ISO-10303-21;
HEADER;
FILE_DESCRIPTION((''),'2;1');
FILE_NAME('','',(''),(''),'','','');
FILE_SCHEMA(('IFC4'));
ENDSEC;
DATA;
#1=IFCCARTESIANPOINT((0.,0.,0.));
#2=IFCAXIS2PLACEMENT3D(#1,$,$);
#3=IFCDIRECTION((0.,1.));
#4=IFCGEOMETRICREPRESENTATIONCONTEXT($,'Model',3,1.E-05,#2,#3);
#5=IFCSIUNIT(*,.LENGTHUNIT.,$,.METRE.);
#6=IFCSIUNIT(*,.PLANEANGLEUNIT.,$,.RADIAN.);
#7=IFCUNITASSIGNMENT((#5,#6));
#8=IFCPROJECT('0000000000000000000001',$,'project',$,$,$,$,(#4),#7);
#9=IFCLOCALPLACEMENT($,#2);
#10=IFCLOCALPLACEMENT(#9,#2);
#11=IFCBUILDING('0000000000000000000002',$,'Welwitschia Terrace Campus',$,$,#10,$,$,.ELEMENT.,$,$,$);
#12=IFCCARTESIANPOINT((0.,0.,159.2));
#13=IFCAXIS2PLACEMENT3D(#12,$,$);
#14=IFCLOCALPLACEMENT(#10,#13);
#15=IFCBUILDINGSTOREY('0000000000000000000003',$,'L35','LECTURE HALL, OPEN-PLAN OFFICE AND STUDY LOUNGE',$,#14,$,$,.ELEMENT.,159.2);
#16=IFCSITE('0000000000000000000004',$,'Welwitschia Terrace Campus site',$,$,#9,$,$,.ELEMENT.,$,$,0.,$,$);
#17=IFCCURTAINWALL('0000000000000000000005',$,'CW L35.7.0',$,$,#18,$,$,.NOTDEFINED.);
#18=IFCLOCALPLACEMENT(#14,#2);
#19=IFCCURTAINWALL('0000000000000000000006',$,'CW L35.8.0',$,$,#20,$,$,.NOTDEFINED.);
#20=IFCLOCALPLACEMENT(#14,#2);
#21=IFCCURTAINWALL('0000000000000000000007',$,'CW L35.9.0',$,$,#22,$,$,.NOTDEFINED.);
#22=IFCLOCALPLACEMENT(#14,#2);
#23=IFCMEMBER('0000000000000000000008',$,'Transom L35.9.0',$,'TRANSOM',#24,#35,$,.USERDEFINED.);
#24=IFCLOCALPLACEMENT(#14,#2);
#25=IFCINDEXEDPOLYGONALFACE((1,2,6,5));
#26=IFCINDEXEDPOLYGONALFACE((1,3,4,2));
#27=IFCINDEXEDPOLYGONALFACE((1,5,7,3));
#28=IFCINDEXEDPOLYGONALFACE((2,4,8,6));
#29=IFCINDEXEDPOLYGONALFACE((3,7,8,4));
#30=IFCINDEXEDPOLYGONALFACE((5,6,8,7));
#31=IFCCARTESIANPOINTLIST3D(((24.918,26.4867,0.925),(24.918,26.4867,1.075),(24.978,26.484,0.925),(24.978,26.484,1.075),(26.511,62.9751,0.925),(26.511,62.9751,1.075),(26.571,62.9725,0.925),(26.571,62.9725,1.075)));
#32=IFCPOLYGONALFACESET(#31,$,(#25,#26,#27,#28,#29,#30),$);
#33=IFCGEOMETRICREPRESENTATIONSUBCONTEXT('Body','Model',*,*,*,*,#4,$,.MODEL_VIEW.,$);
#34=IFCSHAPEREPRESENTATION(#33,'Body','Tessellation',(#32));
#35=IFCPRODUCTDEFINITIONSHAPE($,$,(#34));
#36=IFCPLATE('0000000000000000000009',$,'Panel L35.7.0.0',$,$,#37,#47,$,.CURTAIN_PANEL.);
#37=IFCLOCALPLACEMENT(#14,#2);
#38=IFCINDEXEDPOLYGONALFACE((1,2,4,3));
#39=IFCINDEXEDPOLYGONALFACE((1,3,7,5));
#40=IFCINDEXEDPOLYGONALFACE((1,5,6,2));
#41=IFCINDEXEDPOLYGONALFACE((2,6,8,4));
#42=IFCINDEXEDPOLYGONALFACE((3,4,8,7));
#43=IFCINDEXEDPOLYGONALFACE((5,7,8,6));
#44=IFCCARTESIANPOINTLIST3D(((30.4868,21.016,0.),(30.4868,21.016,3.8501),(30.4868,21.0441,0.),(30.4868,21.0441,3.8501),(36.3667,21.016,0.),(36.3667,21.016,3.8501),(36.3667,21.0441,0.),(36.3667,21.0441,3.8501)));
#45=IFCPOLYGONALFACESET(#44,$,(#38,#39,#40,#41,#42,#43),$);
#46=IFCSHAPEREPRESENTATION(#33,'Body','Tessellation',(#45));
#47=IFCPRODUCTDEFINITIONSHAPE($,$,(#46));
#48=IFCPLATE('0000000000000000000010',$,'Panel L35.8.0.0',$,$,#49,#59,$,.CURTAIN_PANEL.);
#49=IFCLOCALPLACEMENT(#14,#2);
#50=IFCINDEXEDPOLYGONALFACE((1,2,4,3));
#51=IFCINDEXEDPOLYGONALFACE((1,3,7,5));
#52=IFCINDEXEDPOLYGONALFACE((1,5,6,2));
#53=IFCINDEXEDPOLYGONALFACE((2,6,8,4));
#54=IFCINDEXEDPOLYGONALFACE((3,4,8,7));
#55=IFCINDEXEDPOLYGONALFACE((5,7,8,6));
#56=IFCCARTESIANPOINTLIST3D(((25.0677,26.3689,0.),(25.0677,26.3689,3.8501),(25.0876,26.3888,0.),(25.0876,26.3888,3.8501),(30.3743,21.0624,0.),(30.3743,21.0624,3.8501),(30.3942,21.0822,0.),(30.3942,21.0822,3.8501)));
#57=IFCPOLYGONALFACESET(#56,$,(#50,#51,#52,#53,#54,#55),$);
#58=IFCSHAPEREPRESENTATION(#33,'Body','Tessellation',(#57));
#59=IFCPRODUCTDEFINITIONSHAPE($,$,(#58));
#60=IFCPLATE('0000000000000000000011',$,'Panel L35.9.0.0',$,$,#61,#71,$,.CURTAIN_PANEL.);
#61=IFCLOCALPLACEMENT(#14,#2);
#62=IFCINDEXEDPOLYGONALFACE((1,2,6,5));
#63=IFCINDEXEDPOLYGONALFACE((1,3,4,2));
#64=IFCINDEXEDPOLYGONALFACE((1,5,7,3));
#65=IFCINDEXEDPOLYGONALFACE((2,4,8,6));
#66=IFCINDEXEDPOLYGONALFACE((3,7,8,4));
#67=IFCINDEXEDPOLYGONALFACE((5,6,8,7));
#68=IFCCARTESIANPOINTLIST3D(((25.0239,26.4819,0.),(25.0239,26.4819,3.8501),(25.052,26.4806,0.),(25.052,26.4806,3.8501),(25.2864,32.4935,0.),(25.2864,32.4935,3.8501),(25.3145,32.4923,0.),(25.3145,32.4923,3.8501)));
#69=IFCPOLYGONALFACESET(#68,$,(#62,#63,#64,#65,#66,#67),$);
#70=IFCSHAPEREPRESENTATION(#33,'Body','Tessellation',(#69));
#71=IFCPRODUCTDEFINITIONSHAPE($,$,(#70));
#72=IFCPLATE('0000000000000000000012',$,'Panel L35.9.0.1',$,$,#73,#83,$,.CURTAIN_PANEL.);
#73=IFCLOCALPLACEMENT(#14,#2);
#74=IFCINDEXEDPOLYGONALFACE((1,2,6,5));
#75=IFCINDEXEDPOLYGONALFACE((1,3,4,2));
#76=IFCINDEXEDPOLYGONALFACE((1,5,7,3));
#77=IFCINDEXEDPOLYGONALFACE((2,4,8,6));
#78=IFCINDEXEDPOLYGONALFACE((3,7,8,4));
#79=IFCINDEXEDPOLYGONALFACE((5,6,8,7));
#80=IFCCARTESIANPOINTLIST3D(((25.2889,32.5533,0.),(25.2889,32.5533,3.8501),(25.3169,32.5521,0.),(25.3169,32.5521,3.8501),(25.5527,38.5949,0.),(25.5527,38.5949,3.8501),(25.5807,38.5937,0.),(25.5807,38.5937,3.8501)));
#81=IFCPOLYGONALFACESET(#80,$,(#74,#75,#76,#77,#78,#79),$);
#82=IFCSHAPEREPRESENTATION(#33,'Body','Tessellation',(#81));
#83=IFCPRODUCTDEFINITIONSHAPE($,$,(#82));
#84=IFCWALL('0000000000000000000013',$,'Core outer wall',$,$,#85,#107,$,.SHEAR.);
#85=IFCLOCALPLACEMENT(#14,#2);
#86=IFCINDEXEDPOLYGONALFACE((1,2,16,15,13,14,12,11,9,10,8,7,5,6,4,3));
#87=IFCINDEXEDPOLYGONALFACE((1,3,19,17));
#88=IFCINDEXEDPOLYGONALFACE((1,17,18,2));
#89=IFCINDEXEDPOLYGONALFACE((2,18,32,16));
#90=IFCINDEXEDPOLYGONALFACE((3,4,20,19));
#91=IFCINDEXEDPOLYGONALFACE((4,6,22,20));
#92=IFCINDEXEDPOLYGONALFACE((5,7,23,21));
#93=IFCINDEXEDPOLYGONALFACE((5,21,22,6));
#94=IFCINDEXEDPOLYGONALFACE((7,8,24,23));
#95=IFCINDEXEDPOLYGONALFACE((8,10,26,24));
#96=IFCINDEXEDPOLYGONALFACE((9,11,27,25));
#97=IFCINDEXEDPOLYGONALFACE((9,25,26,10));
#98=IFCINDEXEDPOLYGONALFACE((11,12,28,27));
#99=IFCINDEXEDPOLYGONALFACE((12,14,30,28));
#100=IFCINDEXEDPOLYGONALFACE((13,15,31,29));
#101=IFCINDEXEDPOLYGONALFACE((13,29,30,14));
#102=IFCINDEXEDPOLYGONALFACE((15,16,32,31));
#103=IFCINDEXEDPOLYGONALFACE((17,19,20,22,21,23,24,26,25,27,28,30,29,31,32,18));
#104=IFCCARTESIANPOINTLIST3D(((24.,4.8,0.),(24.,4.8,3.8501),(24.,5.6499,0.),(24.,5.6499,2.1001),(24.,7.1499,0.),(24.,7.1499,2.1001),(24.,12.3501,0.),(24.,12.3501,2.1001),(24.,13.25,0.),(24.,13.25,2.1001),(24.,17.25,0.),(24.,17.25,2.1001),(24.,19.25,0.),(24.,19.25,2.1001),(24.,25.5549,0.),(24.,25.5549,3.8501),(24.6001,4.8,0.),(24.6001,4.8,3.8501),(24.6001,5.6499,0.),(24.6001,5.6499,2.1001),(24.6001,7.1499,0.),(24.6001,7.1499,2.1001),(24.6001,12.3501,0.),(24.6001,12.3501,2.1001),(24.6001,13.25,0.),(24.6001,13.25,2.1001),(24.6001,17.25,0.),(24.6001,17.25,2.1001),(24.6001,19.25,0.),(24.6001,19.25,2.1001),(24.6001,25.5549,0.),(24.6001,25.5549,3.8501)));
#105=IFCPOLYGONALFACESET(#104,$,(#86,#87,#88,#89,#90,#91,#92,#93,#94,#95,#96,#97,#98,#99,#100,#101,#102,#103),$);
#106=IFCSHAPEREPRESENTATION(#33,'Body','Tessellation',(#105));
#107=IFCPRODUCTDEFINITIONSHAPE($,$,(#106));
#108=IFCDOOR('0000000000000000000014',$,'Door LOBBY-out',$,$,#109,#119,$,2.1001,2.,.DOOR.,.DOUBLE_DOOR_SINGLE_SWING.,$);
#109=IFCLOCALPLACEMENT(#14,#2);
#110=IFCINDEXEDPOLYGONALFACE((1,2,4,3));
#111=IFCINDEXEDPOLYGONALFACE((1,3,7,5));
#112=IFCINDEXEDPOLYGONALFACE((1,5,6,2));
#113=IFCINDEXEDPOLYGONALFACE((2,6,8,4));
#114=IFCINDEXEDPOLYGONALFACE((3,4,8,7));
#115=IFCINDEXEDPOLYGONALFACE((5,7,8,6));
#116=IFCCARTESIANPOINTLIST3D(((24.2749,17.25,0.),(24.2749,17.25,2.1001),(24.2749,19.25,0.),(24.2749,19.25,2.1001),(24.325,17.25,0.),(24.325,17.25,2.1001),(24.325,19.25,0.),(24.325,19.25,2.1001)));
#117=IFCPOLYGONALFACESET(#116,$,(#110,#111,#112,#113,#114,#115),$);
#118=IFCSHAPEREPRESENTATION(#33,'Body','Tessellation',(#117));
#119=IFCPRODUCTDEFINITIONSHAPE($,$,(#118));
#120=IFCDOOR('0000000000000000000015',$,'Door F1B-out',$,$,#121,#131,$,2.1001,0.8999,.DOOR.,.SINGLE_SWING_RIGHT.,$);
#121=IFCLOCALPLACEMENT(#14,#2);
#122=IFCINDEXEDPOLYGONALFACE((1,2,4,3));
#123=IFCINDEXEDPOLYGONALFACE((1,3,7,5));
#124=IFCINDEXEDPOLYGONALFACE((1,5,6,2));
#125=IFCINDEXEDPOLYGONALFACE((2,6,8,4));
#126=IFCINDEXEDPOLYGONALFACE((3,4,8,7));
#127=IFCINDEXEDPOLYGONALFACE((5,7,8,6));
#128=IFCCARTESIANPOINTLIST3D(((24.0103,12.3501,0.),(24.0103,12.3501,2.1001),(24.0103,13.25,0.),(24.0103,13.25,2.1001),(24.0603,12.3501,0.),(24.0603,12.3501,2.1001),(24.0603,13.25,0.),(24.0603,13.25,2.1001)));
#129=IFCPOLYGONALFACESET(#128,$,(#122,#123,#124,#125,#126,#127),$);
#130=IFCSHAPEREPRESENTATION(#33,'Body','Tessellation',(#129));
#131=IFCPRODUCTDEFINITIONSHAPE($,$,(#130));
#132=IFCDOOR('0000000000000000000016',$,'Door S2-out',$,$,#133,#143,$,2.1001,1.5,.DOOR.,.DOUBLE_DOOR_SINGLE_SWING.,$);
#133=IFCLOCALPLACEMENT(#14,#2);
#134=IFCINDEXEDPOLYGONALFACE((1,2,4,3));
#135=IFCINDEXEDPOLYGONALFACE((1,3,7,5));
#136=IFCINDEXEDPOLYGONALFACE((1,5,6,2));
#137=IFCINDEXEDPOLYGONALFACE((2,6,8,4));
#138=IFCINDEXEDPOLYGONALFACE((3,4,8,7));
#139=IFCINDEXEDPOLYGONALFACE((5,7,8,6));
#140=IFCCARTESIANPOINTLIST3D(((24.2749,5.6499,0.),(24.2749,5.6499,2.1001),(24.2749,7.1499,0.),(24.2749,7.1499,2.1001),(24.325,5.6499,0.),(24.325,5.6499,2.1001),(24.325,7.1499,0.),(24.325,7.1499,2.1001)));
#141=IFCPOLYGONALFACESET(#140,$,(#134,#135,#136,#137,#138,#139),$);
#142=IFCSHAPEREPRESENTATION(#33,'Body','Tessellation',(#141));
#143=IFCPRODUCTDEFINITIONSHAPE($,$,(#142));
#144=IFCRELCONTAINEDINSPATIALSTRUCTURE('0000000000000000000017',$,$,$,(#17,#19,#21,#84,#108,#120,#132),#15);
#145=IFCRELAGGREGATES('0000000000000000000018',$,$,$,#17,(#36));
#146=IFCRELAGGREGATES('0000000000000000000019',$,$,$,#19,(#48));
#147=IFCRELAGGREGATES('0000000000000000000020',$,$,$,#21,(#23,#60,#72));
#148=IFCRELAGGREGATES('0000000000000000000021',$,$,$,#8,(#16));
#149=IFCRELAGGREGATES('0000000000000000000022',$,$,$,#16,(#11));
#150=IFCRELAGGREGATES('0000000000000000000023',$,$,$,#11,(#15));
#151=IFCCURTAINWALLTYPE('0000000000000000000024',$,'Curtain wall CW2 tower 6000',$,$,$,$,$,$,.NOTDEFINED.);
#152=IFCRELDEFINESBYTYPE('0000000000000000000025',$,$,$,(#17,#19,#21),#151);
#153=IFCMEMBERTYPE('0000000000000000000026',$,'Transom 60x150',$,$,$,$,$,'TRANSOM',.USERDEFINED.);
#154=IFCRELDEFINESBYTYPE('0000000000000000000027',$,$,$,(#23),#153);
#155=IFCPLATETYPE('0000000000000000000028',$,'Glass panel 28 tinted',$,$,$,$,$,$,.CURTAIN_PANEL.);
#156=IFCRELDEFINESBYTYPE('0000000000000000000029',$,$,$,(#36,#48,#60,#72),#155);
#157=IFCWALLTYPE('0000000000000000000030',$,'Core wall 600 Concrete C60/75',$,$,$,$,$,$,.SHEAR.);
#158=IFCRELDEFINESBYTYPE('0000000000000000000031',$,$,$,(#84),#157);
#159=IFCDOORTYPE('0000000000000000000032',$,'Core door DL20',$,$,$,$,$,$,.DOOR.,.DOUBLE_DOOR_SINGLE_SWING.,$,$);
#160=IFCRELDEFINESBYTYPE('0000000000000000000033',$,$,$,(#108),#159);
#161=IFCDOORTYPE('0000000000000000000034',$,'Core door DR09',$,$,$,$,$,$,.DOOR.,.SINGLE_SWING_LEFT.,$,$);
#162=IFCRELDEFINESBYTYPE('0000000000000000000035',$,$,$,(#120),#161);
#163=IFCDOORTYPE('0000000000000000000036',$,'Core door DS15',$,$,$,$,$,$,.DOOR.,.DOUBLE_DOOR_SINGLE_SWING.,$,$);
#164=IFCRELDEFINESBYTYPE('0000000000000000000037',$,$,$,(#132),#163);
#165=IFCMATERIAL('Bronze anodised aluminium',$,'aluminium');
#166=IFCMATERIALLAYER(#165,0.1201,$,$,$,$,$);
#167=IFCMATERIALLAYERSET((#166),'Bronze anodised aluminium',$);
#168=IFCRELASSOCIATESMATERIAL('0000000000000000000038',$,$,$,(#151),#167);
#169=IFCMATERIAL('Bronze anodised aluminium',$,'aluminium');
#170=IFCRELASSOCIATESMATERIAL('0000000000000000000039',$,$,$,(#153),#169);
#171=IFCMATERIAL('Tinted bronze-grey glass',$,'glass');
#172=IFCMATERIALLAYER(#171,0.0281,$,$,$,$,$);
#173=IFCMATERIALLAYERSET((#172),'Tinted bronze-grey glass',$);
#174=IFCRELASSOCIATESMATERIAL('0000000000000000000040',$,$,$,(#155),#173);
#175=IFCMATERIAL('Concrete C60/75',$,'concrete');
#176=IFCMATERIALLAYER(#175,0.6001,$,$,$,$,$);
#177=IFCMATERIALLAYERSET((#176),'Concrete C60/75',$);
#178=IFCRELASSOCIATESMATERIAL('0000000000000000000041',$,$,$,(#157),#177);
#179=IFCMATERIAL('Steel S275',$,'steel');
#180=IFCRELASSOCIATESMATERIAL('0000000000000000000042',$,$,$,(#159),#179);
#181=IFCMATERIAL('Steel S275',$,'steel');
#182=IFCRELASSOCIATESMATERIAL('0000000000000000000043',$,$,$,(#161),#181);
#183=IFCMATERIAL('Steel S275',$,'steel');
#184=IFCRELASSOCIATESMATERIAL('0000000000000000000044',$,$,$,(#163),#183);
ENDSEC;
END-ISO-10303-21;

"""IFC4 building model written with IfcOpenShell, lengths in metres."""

from ifc_helpers import new_model, si_unit, direction, frame, frame_2d, origin, origin_2d, place, context, subcontext, project, spatial, rectangle, extrude, material, layer, layer_set, material_profile, profile_set, type_object, element, fill, aggregate, save


model = new_model("IFC4")

# Units and contexts
model_context = context("Model", 3, precision=1e-05, world=origin(), true_north=direction((0.0, 1.0)))
body_context = subcontext(model_context, "Body", "Model", "MODEL_VIEW")
ifc_project = project(units=[si_unit("LENGTHUNIT", "METRE"), si_unit("PLANEANGLEUNIT", "RADIAN")], contexts=[model_context])

# Site, building, storey
site_placement = place(None, origin())
site = spatial("IfcSite", under=ifc_project, at=site_placement, Name="Welwitschia Terrace Campus site", CompositionType="ELEMENT", RefElevation=0.0)
building_placement = place(site_placement, origin())
building = spatial("IfcBuilding", under=site, at=building_placement, Name="Welwitschia Terrace Campus", CompositionType="ELEMENT")
storey_placement = place(building_placement, frame((0.0, 0.0, 159.2)))
storey = spatial("IfcBuildingStorey", under=building, at=storey_placement, Name="L35", Description="LECTURE HALL, OPEN-PLAN OFFICE AND STUDY LOUNGE", CompositionType="ELEMENT", Elevation=159.2)

# Shared definitions
ifc_material_1 = material(Name="Bronze anodised aluminium", Category="aluminium")
ifc_layer_1 = layer(ifc_material_1, 0.1201)
ifc_layer_set_1 = layer_set([ifc_layer_1], Name="Bronze anodised aluminium")
curtain_wall_type = type_object("IfcCurtainWallType", Name="Curtain wall CW2 tower 6000", PredefinedType="NOTDEFINED", material=ifc_layer_set_1)

# Curtain walls
curtain_wall_1_placement = place(storey_placement, origin())
curtain_wall_1 = element("IfcCurtainWall", 1, at=curtain_wall_1_placement, inside=storey, type_object=curtain_wall_type, Name="CW L35.7.0", PredefinedType="NOTDEFINED")
curtain_wall_2_placement = place(storey_placement, origin())
curtain_wall_2 = element("IfcCurtainWall", 2, at=curtain_wall_2_placement, inside=storey, type_object=curtain_wall_type, Name="CW L35.8.0", PredefinedType="NOTDEFINED")
curtain_wall_3_placement = place(storey_placement, origin())
curtain_wall_3 = element("IfcCurtainWall", 3, at=curtain_wall_3_placement, inside=storey, type_object=curtain_wall_type, Name="CW L35.9.0", PredefinedType="NOTDEFINED")

# Member
ifc_material_2 = material(Name="Bronze anodised aluminium", Category="aluminium")
ifc_material_profile_1 = material_profile(ifc_material_2, rectangle(XDim=0.0601, YDim=0.1499, at=origin_2d()))
ifc_profile_set_1 = profile_set([ifc_material_profile_1], Name="Bronze anodised aluminium")
member_type_1 = type_object("IfcMemberType", Name="Transom 60x150", ElementType="TRANSOM", PredefinedType="USERDEFINED", material=ifc_profile_set_1)
member_1_placement = place(storey_placement, frame((24.948, 26.4854, 1.0), z_axis=(0.043616, 0.999048, 0.0), x_axis=(-0.999048, 0.043616, 0.0)))
member_1 = element("IfcMember", 4, at=member_1_placement, type_object=member_type_1, Name="Transom L35.9.0", ObjectType="TRANSOM", PredefinedType="USERDEFINED", context=body_context, shape_type="SweptSolid", body=[
    extrude(rectangle(XDim=0.0601, YDim=0.1499, at=origin_2d()), origin(), (0.0, 0.0, 1.0), 36.5232),
])

# Plates
ifc_material_3 = material(Name="Tinted bronze-grey glass", Category="glass")
ifc_layer_2 = layer(ifc_material_3, 0.0281)
ifc_layer_set_2 = layer_set([ifc_layer_2], Name="Tinted bronze-grey glass")
plate_type = type_object("IfcPlateType", Name="Glass panel 28 tinted", PredefinedType="CURTAIN_PANEL", material=ifc_layer_set_2)
plate_1_placement = place(storey_placement, frame((33.4268, 21.03, 0.0), z_axis=(0.0, 0.0, 1.0), x_axis=(-1.0, 0.0, 0.0)))
plate_1 = element("IfcPlate", 5, at=plate_1_placement, type_object=plate_type, Name="Panel L35.7.0.0", PredefinedType="CURTAIN_PANEL", context=body_context, shape_type="SweptSolid", body=[
    extrude(rectangle(XDim=5.8799, YDim=0.0281, at=origin_2d()), origin(), (0.0, 0.0, 1.0), 3.8501),
])
aggregate(curtain_wall_1, [plate_1])
plate_2_placement = place(storey_placement, frame((27.731, 23.7256, 0.0), z_axis=(0.0, 0.0, 1.0), x_axis=(-0.707107, 0.707107, 0.0)))
plate_2 = element("IfcPlate", 6, at=plate_2_placement, type_object=plate_type, Name="Panel L35.8.0.0", PredefinedType="CURTAIN_PANEL", context=body_context, shape_type="SweptSolid", body=[
    extrude(rectangle(XDim=7.5046, YDim=0.0281, at=origin_2d()), origin(), (0.0, 0.0, 1.0), 3.8501),
])
aggregate(curtain_wall_2, [plate_2])
plate_3_placement = place(storey_placement, frame((25.1692, 29.4871, 0.0), z_axis=(0.0, 0.0, 1.0), x_axis=(0.043619, 0.999048, 0.0)))
plate_3 = element("IfcPlate", 7, at=plate_3_placement, type_object=plate_type, Name="Panel L35.9.0.0", PredefinedType="CURTAIN_PANEL", context=body_context, shape_type="SweptSolid", body=[
    extrude(rectangle(XDim=6.0173, YDim=0.0281, at=origin_2d()), origin(), (0.0, 0.0, 1.0), 3.8501),
])
plate_4_placement = place(storey_placement, frame((25.4348, 35.5735, 0.0), z_axis=(0.0, 0.0, 1.0), x_axis=(0.043619, 0.999048, 0.0)))
plate_4 = element("IfcPlate", 8, at=plate_4_placement, type_object=plate_type, Name="Panel L35.9.0.1", PredefinedType="CURTAIN_PANEL", context=body_context, shape_type="SweptSolid", body=[
    extrude(rectangle(XDim=6.0474, YDim=0.0281, at=origin_2d()), origin(), (0.0, 0.0, 1.0), 3.8501),
])
aggregate(curtain_wall_3, [member_1, plate_3, plate_4])

# Wall, openings, doors
ifc_material_4 = material(Name="Concrete C60/75", Category="concrete")
ifc_layer_3 = layer(ifc_material_4, 0.6001)
ifc_layer_set_3 = layer_set([ifc_layer_3], Name="Concrete C60/75")
wall_type = type_object("IfcWallType", Name="Core wall 600 Concrete C60/75", PredefinedType="SHEAR", material=ifc_layer_set_3)
wall_placement = place(storey_placement, frame((24.3, 25.5549, 0.0), z_axis=(0.0, 0.0, 1.0), x_axis=(0.0, -1.0, 0.0)))
wall = element("IfcWall", 9, at=wall_placement, inside=storey, type_object=wall_type, Name="Core outer wall", PredefinedType="SHEAR", context=body_context, shape_type="SweptSolid", body=[
    extrude(rectangle(XDim=20.7549, YDim=0.6001, at=frame_2d((10.3774, 0.0))), origin(), (0.0, 0.0, 1.0), 3.8501),
])
opening_1_placement = place(wall_placement, frame((18.405, 0.0, 0.0)))
opening_1 = element("IfcOpeningElement", 10, at=opening_1_placement, cuts=wall, PredefinedType="OPENING", context=body_context, shape_type="SweptSolid", body=[
    extrude(rectangle(XDim=1.5, YDim=2.1001, at=frame_2d((0.75, 1.05))), frame((0.0, 0.3101, 0.0), z_axis=(0.0, -1.0, 0.0), x_axis=(1.0, 0.0, 0.0)), (0.0, 0.0, 1.0), 0.6201),
])
opening_2_placement = place(wall_placement, frame((12.3049, 0.0, 0.0)))
opening_2 = element("IfcOpeningElement", 11, at=opening_2_placement, cuts=wall, PredefinedType="OPENING", context=body_context, shape_type="SweptSolid", body=[
    extrude(rectangle(XDim=0.8999, YDim=2.1001, at=frame_2d((0.45, 1.05))), frame((0.0, 0.3101, 0.0), z_axis=(0.0, -1.0, 0.0), x_axis=(1.0, 0.0, 0.0)), (0.0, 0.0, 1.0), 0.6201),
])
opening_3_placement = place(wall_placement, frame((6.3049, 0.0, 0.0)))
opening_3 = element("IfcOpeningElement", 12, at=opening_3_placement, cuts=wall, PredefinedType="OPENING", context=body_context, shape_type="SweptSolid", body=[
    extrude(rectangle(XDim=2.0, YDim=2.1001, at=frame_2d((1.0, 1.05))), frame((0.0, 0.3101, 0.0), z_axis=(0.0, -1.0, 0.0), x_axis=(1.0, 0.0, 0.0)), (0.0, 0.0, 1.0), 0.6201),
])
ifc_material_5 = material(Name="Steel S275", Category="steel")
door_type_1 = type_object("IfcDoorType", Name="Core door DL20", OperationType="DOUBLE_DOOR_SINGLE_SWING", PredefinedType="DOOR", material=ifc_material_5)
door_1_placement = place(opening_3_placement, origin())
door_1 = element("IfcDoor", 13, at=door_1_placement, inside=storey, type_object=door_type_1, Name="Door LOBBY-out", OperationType="DOUBLE_DOOR_SINGLE_SWING", OverallHeight=2.1001, OverallWidth=2.0, PredefinedType="DOOR", context=body_context, shape_type="SweptSolid", body=[
    extrude(rectangle(XDim=2.0, YDim=2.1001, at=frame_2d((1.0, 1.05))), frame((0.0, 0.0249, 0.0), z_axis=(0.0, -1.0, 0.0), x_axis=(1.0, 0.0, 0.0)), (0.0, 0.0, 1.0), 0.05),
])
fill(opening_3, door_1)
ifc_material_6 = material(Name="Steel S275", Category="steel")
door_type_2 = type_object("IfcDoorType", Name="Core door DR09", OperationType="SINGLE_SWING_LEFT", PredefinedType="DOOR", material=ifc_material_6)
door_2_placement = place(opening_2_placement, origin())
door_2 = element("IfcDoor", 14, at=door_2_placement, inside=storey, type_object=door_type_2, Name="Door F1B-out", OperationType="SINGLE_SWING_RIGHT", OverallHeight=2.1001, OverallWidth=0.8999, PredefinedType="DOOR", context=body_context, shape_type="SweptSolid", body=[
    extrude(rectangle(XDim=0.8999, YDim=2.1001, at=frame_2d((0.45, 1.05))), frame((0.0, -0.2397, 0.0), z_axis=(0.0, -1.0, 0.0), x_axis=(1.0, 0.0, 0.0)), (0.0, 0.0, 1.0), 0.05),
])
fill(opening_2, door_2)
ifc_material_7 = material(Name="Steel S275", Category="steel")
door_type_3 = type_object("IfcDoorType", Name="Core door DS15", OperationType="DOUBLE_DOOR_SINGLE_SWING", PredefinedType="DOOR", material=ifc_material_7)
door_3_placement = place(opening_1_placement, origin())
door_3 = element("IfcDoor", 15, at=door_3_placement, inside=storey, type_object=door_type_3, Name="Door S2-out", OperationType="DOUBLE_DOOR_SINGLE_SWING", OverallHeight=2.1001, OverallWidth=1.5, PredefinedType="DOOR", context=body_context, shape_type="SweptSolid", body=[
    extrude(rectangle(XDim=1.5, YDim=2.1001, at=frame_2d((0.75, 1.05))), frame((0.0, 0.0249, 0.0), z_axis=(0.0, -1.0, 0.0), x_axis=(1.0, 0.0, 0.0)), (0.0, 0.0, 1.0), 0.05),
])
fill(opening_1, door_3)

save(model, "model.ifc")
